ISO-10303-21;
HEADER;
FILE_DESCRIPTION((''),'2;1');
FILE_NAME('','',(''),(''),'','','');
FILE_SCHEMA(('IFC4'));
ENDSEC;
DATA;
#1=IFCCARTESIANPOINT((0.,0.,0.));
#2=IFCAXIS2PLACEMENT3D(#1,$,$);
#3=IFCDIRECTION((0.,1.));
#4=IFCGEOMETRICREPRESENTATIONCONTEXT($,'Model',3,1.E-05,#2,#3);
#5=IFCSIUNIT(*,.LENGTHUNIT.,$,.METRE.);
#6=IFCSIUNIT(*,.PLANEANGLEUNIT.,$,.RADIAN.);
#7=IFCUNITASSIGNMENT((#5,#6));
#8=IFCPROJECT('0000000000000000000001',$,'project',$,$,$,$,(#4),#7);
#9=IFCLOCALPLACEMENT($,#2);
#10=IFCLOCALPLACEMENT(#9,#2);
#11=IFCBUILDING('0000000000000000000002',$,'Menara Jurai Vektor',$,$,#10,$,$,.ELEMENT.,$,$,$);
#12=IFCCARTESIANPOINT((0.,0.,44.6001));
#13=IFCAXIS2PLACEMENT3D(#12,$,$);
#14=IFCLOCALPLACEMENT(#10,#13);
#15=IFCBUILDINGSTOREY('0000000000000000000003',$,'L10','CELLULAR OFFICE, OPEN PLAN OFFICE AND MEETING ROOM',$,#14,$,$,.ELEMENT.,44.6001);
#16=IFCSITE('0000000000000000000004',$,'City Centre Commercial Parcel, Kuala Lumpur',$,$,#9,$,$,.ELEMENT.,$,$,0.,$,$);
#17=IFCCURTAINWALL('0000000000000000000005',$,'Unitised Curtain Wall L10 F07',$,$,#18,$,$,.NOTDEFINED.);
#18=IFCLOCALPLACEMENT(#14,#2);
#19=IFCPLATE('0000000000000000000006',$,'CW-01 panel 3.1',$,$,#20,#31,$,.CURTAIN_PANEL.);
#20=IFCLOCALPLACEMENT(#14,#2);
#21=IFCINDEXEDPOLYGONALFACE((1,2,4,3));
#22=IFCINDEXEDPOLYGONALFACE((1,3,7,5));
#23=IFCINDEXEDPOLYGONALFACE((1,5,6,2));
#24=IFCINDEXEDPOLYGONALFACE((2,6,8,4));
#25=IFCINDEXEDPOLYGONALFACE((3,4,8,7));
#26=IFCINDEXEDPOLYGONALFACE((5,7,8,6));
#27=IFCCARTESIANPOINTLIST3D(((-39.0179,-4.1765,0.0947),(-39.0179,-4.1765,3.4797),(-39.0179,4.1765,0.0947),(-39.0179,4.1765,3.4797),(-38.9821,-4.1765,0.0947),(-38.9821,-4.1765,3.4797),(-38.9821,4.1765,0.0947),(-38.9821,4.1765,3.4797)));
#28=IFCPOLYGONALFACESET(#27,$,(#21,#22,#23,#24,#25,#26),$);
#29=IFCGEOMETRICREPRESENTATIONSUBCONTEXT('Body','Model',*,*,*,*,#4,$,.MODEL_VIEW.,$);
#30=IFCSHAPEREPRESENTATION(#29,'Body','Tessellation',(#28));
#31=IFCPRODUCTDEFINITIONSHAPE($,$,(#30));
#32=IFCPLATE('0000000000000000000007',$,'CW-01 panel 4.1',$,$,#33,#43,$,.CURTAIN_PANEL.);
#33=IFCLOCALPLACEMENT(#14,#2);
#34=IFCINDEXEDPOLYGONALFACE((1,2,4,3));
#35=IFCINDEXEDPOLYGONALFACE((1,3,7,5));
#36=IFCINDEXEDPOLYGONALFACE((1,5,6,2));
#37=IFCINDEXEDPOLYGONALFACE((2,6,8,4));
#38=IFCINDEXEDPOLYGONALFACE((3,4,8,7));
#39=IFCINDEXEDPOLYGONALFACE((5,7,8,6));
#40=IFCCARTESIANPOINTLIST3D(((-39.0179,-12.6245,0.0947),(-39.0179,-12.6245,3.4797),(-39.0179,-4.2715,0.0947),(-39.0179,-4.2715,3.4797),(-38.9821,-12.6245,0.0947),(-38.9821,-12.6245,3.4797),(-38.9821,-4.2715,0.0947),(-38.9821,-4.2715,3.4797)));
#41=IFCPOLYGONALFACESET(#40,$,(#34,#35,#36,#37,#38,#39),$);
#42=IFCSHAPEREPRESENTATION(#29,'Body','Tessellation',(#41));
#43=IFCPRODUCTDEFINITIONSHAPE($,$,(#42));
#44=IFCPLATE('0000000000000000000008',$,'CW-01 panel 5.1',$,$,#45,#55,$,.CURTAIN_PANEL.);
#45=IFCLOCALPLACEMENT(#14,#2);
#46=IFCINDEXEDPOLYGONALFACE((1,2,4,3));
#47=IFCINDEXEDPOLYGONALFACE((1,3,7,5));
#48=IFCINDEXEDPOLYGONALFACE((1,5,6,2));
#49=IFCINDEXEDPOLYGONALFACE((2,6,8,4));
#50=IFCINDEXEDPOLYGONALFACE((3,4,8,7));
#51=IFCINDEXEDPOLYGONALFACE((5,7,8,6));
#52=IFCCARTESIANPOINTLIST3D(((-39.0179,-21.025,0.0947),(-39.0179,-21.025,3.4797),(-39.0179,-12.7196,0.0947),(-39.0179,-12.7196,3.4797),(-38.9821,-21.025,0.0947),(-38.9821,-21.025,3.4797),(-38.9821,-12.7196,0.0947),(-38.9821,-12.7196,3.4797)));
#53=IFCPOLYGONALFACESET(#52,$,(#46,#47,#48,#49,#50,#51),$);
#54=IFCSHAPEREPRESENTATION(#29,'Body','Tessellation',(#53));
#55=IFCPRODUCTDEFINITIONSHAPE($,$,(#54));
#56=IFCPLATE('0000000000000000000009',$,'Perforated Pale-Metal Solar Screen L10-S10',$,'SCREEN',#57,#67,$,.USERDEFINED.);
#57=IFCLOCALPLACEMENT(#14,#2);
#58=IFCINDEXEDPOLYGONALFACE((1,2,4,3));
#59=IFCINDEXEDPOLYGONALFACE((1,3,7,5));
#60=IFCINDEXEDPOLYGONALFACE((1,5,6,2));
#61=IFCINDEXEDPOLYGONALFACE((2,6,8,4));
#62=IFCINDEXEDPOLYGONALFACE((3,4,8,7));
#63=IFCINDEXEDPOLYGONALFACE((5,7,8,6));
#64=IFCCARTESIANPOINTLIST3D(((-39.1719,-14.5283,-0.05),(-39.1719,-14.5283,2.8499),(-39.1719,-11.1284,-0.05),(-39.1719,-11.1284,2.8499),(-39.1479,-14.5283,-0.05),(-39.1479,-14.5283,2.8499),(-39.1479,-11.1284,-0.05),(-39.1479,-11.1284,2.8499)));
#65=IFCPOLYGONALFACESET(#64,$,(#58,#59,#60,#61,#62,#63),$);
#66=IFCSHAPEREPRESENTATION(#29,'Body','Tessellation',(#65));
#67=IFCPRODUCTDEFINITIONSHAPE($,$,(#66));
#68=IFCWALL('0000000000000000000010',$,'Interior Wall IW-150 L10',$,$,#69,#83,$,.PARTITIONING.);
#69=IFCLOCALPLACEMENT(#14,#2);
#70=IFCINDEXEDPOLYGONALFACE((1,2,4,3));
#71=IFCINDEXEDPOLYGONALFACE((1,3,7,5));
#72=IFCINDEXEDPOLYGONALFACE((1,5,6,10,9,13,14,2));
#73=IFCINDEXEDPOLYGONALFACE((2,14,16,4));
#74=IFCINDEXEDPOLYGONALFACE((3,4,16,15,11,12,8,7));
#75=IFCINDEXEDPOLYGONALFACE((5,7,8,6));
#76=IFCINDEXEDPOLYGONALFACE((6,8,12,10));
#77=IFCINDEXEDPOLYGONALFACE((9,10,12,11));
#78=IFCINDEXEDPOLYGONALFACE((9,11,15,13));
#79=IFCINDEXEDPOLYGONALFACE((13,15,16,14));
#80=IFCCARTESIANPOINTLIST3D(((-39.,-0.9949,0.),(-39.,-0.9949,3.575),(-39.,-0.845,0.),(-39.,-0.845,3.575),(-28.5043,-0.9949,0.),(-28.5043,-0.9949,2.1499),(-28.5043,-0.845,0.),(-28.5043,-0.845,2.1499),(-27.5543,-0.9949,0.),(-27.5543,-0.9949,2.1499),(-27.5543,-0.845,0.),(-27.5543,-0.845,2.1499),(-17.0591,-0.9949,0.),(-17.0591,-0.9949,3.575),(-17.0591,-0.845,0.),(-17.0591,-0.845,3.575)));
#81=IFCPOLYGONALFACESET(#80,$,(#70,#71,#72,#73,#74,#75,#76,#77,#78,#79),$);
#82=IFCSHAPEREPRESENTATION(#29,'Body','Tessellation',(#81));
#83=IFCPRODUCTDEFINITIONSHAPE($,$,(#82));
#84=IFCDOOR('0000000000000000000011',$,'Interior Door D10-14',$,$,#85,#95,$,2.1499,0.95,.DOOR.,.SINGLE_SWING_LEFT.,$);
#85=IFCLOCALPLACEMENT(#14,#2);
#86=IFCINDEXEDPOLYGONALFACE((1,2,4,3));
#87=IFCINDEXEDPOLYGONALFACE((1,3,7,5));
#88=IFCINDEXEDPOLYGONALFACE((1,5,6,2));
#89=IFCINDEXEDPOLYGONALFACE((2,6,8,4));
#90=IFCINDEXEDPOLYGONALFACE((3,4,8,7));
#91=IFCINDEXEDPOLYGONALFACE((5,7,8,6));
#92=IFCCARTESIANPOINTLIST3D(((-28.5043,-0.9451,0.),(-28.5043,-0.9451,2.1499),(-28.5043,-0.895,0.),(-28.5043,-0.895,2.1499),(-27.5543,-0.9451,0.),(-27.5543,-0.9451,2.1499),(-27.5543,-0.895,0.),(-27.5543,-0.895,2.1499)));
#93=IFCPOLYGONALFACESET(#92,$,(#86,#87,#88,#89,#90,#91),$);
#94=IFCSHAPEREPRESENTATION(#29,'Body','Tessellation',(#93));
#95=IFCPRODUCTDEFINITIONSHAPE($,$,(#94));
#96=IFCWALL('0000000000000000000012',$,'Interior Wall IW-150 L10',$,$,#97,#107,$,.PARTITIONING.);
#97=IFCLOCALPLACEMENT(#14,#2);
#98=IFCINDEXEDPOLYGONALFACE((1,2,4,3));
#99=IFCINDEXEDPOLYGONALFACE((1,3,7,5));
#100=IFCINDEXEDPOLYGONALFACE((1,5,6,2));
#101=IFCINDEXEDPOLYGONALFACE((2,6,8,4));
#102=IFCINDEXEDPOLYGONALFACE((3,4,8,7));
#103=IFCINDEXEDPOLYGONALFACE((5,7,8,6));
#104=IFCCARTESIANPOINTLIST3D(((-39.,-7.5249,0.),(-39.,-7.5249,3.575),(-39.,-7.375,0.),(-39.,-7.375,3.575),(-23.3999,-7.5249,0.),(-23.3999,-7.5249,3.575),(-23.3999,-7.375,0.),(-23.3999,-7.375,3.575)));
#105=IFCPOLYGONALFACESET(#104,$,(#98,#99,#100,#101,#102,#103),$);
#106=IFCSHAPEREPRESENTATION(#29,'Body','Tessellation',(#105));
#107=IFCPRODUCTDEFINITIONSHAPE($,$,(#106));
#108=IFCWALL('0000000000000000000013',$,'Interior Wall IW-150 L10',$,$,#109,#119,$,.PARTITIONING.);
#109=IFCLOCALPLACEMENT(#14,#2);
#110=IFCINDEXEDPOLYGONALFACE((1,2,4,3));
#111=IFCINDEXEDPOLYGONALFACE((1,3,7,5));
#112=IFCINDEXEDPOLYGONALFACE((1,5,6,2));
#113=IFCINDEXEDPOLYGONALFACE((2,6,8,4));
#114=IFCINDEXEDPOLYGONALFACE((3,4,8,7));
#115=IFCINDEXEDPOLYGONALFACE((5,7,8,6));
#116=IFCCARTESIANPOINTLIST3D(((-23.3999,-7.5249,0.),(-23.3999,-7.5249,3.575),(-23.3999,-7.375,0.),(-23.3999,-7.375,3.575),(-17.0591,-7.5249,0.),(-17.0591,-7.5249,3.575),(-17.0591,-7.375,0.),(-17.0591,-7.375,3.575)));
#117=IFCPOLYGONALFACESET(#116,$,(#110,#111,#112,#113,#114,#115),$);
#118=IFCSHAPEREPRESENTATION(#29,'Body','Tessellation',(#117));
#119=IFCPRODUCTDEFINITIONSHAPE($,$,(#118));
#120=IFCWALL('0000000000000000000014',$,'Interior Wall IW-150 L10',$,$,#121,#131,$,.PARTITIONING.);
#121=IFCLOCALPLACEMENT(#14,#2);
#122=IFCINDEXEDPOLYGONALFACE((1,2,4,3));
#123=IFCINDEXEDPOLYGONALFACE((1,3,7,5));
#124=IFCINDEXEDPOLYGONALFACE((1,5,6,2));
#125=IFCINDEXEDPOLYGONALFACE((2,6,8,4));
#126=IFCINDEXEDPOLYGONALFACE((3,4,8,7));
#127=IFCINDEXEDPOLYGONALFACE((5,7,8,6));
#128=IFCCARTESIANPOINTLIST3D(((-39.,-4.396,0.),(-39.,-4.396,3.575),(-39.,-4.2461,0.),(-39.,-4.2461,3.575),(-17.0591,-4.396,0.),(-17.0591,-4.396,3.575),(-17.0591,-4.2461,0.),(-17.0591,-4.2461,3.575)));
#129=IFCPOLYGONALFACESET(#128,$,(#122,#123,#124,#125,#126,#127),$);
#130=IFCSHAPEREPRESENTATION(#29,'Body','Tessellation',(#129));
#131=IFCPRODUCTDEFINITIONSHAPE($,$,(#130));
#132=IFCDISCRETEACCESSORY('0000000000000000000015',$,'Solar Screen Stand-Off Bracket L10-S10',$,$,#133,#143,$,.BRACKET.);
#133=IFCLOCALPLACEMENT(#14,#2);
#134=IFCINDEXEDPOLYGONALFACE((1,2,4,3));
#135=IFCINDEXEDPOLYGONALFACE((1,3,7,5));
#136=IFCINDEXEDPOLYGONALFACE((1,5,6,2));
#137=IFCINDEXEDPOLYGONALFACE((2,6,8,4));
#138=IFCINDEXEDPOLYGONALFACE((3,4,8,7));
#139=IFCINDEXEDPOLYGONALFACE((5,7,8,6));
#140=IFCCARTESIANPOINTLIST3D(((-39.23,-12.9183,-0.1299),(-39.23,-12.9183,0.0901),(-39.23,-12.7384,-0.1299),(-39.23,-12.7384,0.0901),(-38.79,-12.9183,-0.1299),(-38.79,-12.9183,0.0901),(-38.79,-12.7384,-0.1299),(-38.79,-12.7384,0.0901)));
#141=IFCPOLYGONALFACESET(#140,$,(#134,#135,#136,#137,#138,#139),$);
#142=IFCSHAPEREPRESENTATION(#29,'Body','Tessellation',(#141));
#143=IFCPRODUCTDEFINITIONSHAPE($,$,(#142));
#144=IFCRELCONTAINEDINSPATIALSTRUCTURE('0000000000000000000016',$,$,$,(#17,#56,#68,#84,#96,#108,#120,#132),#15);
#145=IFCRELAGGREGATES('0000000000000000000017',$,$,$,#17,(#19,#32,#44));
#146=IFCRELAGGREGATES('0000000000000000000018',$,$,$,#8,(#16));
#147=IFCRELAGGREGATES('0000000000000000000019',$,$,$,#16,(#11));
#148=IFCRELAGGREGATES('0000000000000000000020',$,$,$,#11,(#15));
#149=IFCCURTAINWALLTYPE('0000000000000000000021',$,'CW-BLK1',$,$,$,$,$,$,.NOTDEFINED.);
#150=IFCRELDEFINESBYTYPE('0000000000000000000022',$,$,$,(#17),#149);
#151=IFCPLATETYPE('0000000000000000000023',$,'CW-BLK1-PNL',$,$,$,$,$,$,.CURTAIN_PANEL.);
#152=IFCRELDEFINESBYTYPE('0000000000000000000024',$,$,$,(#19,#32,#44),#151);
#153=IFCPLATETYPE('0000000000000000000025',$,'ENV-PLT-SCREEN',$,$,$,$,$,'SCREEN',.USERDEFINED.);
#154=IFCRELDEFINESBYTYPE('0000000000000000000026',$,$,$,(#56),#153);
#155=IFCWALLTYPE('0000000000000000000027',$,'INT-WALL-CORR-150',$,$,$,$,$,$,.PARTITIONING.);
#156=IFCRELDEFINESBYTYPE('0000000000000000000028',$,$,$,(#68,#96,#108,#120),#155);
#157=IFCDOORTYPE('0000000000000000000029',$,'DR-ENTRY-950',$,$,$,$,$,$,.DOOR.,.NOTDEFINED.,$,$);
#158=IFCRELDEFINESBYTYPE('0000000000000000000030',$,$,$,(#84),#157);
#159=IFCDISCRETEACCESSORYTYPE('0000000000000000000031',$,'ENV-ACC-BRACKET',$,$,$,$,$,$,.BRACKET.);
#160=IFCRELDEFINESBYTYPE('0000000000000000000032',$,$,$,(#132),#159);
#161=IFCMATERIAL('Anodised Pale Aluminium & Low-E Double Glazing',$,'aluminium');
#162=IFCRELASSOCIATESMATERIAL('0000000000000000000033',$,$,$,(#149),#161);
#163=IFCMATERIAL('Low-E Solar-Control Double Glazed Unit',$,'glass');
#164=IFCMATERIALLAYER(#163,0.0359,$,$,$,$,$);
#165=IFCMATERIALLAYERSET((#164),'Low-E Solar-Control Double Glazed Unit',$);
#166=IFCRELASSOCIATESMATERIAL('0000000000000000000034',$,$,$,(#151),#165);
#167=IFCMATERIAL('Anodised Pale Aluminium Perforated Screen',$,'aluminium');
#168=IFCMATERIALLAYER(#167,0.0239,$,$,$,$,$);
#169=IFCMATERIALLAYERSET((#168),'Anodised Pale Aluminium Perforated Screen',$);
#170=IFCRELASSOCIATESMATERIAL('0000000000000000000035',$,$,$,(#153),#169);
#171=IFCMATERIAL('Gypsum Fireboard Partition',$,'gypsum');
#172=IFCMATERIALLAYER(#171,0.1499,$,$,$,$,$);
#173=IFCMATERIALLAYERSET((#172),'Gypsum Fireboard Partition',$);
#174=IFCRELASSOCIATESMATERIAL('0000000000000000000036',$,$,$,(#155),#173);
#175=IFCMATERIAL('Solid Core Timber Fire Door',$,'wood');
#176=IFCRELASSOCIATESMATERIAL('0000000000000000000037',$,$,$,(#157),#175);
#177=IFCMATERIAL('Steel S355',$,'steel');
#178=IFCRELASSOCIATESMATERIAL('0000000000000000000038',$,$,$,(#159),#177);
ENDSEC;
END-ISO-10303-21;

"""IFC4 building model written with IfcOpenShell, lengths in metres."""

from ifc_helpers import new_model, si_unit, direction, frame, frame_2d, origin, origin_2d, place, context, subcontext, project, spatial, rectangle, extrude, material, layer, layer_set, type_object, element, fill, aggregate, save


model = new_model("IFC4")

# Units and contexts
model_context = context("Model", 3, precision=1e-05, world=origin(), true_north=direction((0.0, 1.0)))
body_context = subcontext(model_context, "Body", "Model", "MODEL_VIEW")
ifc_project = project(units=[si_unit("LENGTHUNIT", "METRE"), si_unit("PLANEANGLEUNIT", "RADIAN")], contexts=[model_context])

# Site, building, storey
site_placement = place(None, origin())
site = spatial("IfcSite", under=ifc_project, at=site_placement, Name="City Centre Commercial Parcel, Kuala Lumpur", CompositionType="ELEMENT", RefElevation=0.0)
building_placement = place(site_placement, origin())
building = spatial("IfcBuilding", under=site, at=building_placement, Name="Menara Jurai Vektor", CompositionType="ELEMENT")
storey_placement = place(building_placement, frame((0.0, 0.0, 44.6001)))
storey = spatial("IfcBuildingStorey", under=building, at=storey_placement, Name="L10", Description="CELLULAR OFFICE, OPEN PLAN OFFICE AND MEETING ROOM", CompositionType="ELEMENT", Elevation=44.6001)

# Curtain wall
ifc_material_1 = material(Name="Anodised Pale Aluminium & Low-E Double Glazing", Category="aluminium")
curtain_wall_type = type_object("IfcCurtainWallType", Name="CW-BLK1", PredefinedType="NOTDEFINED", material=ifc_material_1)
curtain_wall_placement = place(storey_placement, origin())
curtain_wall = element("IfcCurtainWall", 1, at=curtain_wall_placement, inside=storey, type_object=curtain_wall_type, Name="Unitised Curtain Wall L10 F07", PredefinedType="NOTDEFINED")

# Shared definitions
ifc_material_2 = material(Name="Steel S355", Category="steel")

# Plates
ifc_material_3 = material(Name="Low-E Solar-Control Double Glazed Unit", Category="glass")
ifc_layer_1 = layer(ifc_material_3, 0.0359)
ifc_layer_set_1 = layer_set([ifc_layer_1], Name="Low-E Solar-Control Double Glazed Unit")
plate_type_1 = type_object("IfcPlateType", Name="CW-BLK1-PNL", PredefinedType="CURTAIN_PANEL", material=ifc_layer_set_1)
plate_1_placement = place(storey_placement, frame((-39.0, 0.0, 0.0947), z_axis=(0.0, 0.0, 1.0), x_axis=(0.0, -1.0, 0.0)))
plate_1 = element("IfcPlate", 2, at=plate_1_placement, type_object=plate_type_1, Name="CW-01 panel 3.1", PredefinedType="CURTAIN_PANEL", context=body_context, shape_type="SweptSolid", body=[
    extrude(rectangle(XDim=8.353, YDim=0.0359, at=origin_2d()), origin(), (0.0, 0.0, 1.0), 3.385),
])
plate_2_placement = place(storey_placement, frame((-39.0, -8.448, 0.0947), z_axis=(0.0, 0.0, 1.0), x_axis=(0.0, -1.0, 0.0)))
plate_2 = element("IfcPlate", 3, at=plate_2_placement, type_object=plate_type_1, Name="CW-01 panel 4.1", PredefinedType="CURTAIN_PANEL", context=body_context, shape_type="SweptSolid", body=[
    extrude(rectangle(XDim=8.353, YDim=0.0359, at=origin_2d()), origin(), (0.0, 0.0, 1.0), 3.385),
])
plate_3_placement = place(storey_placement, frame((-39.0, -16.8723, 0.0947), z_axis=(0.0, 0.0, 1.0), x_axis=(0.0, -1.0, 0.0)))
plate_3 = element("IfcPlate", 4, at=plate_3_placement, type_object=plate_type_1, Name="CW-01 panel 5.1", PredefinedType="CURTAIN_PANEL", context=body_context, shape_type="SweptSolid", body=[
    extrude(rectangle(XDim=8.3054, YDim=0.0359, at=origin_2d()), origin(), (0.0, 0.0, 1.0), 3.385),
])
aggregate(curtain_wall, [plate_1, plate_2, plate_3])
ifc_material_4 = material(Name="Anodised Pale Aluminium Perforated Screen", Category="aluminium")
ifc_layer_2 = layer(ifc_material_4, 0.0239)
ifc_layer_set_2 = layer_set([ifc_layer_2], Name="Anodised Pale Aluminium Perforated Screen")
plate_type_2 = type_object("IfcPlateType", Name="ENV-PLT-SCREEN", ElementType="SCREEN", PredefinedType="USERDEFINED", material=ifc_layer_set_2)
plate_4_placement = place(storey_placement, frame((-39.1599, -12.8284, -0.05), z_axis=(0.0, 0.0, 1.0), x_axis=(0.0, -1.0, 0.0)))
element("IfcPlate", 5, at=plate_4_placement, inside=storey, type_object=plate_type_2, Name="Perforated Pale-Metal Solar Screen L10-S10", ObjectType="SCREEN", PredefinedType="USERDEFINED", context=body_context, shape_type="SweptSolid", body=[
    extrude(rectangle(XDim=3.3999, YDim=0.0239, at=origin_2d()), origin(), (0.0, 0.0, 1.0), 2.8999),
])

# Wall, opening, door
ifc_material_5 = material(Name="Gypsum Fireboard Partition", Category="gypsum")
ifc_layer_3 = layer(ifc_material_5, 0.1499)
ifc_layer_set_3 = layer_set([ifc_layer_3], Name="Gypsum Fireboard Partition")
wall_type = type_object("IfcWallType", Name="INT-WALL-CORR-150", PredefinedType="PARTITIONING", material=ifc_layer_set_3)
wall_1_placement = place(storey_placement, frame((-39.0, -0.9199, 0.0), z_axis=(0.0, 0.0, 1.0), x_axis=(1.0, 0.0, 0.0)))
wall_1 = element("IfcWall", 6, at=wall_1_placement, inside=storey, type_object=wall_type, Name="Interior Wall IW-150 L10", PredefinedType="PARTITIONING", context=body_context, shape_type="SweptSolid", body=[
    extrude(rectangle(XDim=21.9409, YDim=0.1499, at=frame_2d((10.9705, 0.0))), origin(), (0.0, 0.0, 1.0), 3.575),
])
opening_placement = place(wall_1_placement, frame((10.4956, 0.0, 0.0)))
opening = element("IfcOpeningElement", 7, at=opening_placement, cuts=wall_1, PredefinedType="OPENING", context=body_context, shape_type="SweptSolid", body=[
    extrude(rectangle(XDim=0.95, YDim=2.1499, at=frame_2d((0.4751, 1.075))), frame((0.0, 0.085, 0.0), z_axis=(0.0, -1.0, 0.0), x_axis=(1.0, 0.0, 0.0)), (0.0, 0.0, 1.0), 0.1699),
])
ifc_material_6 = material(Name="Solid Core Timber Fire Door", Category="wood")
door_type = type_object("IfcDoorType", Name="DR-ENTRY-950", OperationType="NOTDEFINED", PredefinedType="DOOR", material=ifc_material_6)
door_placement = place(opening_placement, origin())
door = element("IfcDoor", 8, at=door_placement, inside=storey, type_object=door_type, Name="Interior Door D10-14", OperationType="SINGLE_SWING_LEFT", OverallHeight=2.1499, OverallWidth=0.95, PredefinedType="DOOR", context=body_context, shape_type="SweptSolid", body=[
    extrude(rectangle(XDim=0.95, YDim=2.1499, at=frame_2d((0.4751, 1.075))), frame((0.0, 0.0249, 0.0), z_axis=(0.0, -1.0, 0.0), x_axis=(1.0, 0.0, 0.0)), (0.0, 0.0, 1.0), 0.05),
])
fill(opening, door)

# Walls
wall_2_placement = place(storey_placement, frame((-39.0, -7.45, 0.0), z_axis=(0.0, 0.0, 1.0), x_axis=(1.0, 0.0, 0.0)))
element("IfcWall", 9, at=wall_2_placement, inside=storey, type_object=wall_type, Name="Interior Wall IW-150 L10", PredefinedType="PARTITIONING", context=body_context, shape_type="SweptSolid", body=[
    extrude(rectangle(XDim=15.6001, YDim=0.1499, at=frame_2d((7.8, 0.0))), origin(), (0.0, 0.0, 1.0), 3.575),
])
wall_3_placement = place(storey_placement, frame((-23.3999, -7.45, 0.0), z_axis=(0.0, 0.0, 1.0), x_axis=(1.0, 0.0, 0.0)))
element("IfcWall", 10, at=wall_3_placement, inside=storey, type_object=wall_type, Name="Interior Wall IW-150 L10", PredefinedType="PARTITIONING", context=body_context, shape_type="SweptSolid", body=[
    extrude(rectangle(XDim=6.3408, YDim=0.1499, at=frame_2d((3.1704, 0.0))), origin(), (0.0, 0.0, 1.0), 3.575),
])
wall_4_placement = place(storey_placement, frame((-39.0, -4.321, 0.0), z_axis=(0.0, 0.0, 1.0), x_axis=(1.0, 0.0, 0.0)))
element("IfcWall", 11, at=wall_4_placement, inside=storey, type_object=wall_type, Name="Interior Wall IW-150 L10", PredefinedType="PARTITIONING", context=body_context, shape_type="SweptSolid", body=[
    extrude(rectangle(XDim=21.9409, YDim=0.1499, at=frame_2d((10.9705, 0.0))), origin(), (0.0, 0.0, 1.0), 3.575),
])

# Discrete accessory
discrete_accessory_type = type_object("IfcDiscreteAccessoryType", Name="ENV-ACC-BRACKET", PredefinedType="BRACKET", material=ifc_material_2)
discrete_accessory_placement = place(storey_placement, frame((-39.01, -12.8284, -0.1299), z_axis=(0.0, 0.0, 1.0), x_axis=(0.0, -1.0, 0.0)))
element("IfcDiscreteAccessory", 12, at=discrete_accessory_placement, inside=storey, type_object=discrete_accessory_type, Name="Solar Screen Stand-Off Bracket L10-S10", PredefinedType="BRACKET", context=body_context, shape_type="SweptSolid", body=[
    extrude(rectangle(XDim=0.1799, YDim=0.4399, at=origin_2d()), origin(), (0.0, 0.0, 1.0), 0.22),
])

save(model, "model.ifc")
